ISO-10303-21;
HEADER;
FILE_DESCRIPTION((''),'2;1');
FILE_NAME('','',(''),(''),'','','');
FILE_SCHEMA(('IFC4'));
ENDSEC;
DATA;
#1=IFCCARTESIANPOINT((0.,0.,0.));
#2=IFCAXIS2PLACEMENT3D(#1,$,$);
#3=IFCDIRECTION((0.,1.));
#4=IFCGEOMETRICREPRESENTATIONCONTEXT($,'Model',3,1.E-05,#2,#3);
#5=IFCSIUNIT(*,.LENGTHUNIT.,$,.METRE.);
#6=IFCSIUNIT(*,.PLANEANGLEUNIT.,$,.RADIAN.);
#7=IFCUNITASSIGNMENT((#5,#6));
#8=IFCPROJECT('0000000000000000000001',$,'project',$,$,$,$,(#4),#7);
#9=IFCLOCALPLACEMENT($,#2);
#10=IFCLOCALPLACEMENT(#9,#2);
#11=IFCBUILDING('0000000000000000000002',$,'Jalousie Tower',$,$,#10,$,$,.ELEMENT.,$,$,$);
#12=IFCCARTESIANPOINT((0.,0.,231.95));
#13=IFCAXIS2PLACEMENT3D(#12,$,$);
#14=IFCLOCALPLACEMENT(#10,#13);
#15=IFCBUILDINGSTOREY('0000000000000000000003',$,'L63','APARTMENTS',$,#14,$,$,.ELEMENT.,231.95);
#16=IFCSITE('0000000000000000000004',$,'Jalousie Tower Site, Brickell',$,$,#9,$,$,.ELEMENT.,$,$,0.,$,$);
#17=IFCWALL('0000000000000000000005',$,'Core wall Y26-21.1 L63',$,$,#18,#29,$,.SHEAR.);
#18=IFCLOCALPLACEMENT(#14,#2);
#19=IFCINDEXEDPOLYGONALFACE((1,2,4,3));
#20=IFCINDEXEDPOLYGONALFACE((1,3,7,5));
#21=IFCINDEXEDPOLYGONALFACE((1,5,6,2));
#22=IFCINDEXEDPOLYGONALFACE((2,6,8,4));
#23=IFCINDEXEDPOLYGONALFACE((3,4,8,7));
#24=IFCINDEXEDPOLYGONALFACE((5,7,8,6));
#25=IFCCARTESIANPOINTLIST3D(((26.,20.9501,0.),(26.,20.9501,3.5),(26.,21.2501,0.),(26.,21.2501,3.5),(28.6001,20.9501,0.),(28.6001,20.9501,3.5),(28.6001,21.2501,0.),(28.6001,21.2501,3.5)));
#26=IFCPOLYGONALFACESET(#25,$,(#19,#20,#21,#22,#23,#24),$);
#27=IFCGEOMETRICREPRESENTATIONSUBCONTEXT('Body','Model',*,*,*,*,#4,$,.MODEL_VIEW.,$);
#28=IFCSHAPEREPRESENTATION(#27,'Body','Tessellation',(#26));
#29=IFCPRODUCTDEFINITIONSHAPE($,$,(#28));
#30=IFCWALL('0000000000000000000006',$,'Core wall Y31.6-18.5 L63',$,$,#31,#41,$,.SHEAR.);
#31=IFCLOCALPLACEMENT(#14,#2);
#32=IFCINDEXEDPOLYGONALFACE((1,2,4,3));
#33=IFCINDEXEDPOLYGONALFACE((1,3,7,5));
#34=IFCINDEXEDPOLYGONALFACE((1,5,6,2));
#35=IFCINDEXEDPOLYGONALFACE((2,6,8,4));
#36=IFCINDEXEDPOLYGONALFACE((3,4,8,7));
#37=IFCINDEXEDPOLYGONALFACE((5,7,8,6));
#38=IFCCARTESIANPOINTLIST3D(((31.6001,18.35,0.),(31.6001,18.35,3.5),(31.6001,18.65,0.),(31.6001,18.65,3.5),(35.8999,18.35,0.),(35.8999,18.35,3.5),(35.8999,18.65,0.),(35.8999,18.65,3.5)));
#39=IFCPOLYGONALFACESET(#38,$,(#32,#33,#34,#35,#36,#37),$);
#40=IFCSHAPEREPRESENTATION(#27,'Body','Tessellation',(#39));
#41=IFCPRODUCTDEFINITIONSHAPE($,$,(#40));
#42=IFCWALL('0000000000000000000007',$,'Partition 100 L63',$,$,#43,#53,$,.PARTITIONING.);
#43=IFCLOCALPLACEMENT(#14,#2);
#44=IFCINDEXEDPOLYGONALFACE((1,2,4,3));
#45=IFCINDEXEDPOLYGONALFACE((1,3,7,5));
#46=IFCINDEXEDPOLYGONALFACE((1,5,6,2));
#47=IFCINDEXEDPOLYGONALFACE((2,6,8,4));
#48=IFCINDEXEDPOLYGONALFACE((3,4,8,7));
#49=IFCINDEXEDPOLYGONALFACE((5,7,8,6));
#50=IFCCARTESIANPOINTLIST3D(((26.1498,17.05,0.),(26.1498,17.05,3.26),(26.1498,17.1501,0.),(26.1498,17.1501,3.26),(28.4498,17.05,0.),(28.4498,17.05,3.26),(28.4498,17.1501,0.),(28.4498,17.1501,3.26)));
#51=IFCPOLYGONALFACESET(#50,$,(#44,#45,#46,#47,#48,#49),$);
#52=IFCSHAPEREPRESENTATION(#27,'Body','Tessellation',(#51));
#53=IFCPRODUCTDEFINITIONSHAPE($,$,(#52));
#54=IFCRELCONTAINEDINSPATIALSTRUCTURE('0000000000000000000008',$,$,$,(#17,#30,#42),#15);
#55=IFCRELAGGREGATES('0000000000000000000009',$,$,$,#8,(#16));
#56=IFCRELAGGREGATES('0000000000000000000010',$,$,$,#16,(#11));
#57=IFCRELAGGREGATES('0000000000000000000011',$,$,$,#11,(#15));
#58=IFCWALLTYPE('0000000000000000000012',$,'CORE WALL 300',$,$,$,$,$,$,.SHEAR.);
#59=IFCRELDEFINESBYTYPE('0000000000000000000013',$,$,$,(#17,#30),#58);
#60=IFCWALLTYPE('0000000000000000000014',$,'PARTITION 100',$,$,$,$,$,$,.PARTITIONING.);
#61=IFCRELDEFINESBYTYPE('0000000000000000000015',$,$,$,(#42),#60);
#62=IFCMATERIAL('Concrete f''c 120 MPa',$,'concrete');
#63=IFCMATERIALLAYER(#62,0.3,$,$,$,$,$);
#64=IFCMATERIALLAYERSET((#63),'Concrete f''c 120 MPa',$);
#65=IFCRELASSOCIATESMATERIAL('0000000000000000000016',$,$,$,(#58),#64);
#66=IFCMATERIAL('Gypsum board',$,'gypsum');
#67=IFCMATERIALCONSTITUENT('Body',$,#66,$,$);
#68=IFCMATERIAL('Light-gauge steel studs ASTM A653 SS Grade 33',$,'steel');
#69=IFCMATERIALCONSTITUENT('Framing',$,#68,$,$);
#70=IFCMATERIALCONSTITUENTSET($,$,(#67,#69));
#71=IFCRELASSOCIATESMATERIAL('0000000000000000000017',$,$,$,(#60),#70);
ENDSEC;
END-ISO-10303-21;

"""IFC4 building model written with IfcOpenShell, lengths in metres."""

from ifc_helpers import new_model, si_unit, direction, frame, frame_2d, origin, place, context, subcontext, project, spatial, rectangle, extrude, material, layer, layer_set, constituent, constituent_set, type_object, element, save


model = new_model("IFC4")

# Units and contexts
model_context = context("Model", 3, precision=1e-05, world=origin(), true_north=direction((0.0, 1.0)))
body_context = subcontext(model_context, "Body", "Model", "MODEL_VIEW")
ifc_project = project(units=[si_unit("LENGTHUNIT", "METRE"), si_unit("PLANEANGLEUNIT", "RADIAN")], contexts=[model_context])

# Site, building, storey
site_placement = place(None, origin())
site = spatial("IfcSite", under=ifc_project, at=site_placement, Name="Jalousie Tower Site, Brickell", CompositionType="ELEMENT", RefElevation=0.0)
building_placement = place(site_placement, origin())
building = spatial("IfcBuilding", under=site, at=building_placement, Name="Jalousie Tower", CompositionType="ELEMENT")
storey_placement = place(building_placement, frame((0.0, 0.0, 231.95)))
storey = spatial("IfcBuildingStorey", under=building, at=storey_placement, Name="L63", Description="APARTMENTS", CompositionType="ELEMENT", Elevation=231.95)

# Shared definitions
ifc_material_1 = material(Name="Concrete f'c 120 MPa", Category="concrete")
ifc_layer = layer(ifc_material_1, 0.3)
ifc_layer_set = layer_set([ifc_layer], Name="Concrete f'c 120 MPa")
wall_type_1 = type_object("IfcWallType", Name="CORE WALL 300", PredefinedType="SHEAR", material=ifc_layer_set)

# Walls
for number, where, z_axis, x_axis, name in (
    (1, (26.0, 21.1001, 0.0), (0.0, 0.0, 1.0), (1.0, 0.0, 0.0), "Core wall Y26-21.1 L63"),
):
    element("IfcWall", number, at=place(storey_placement, frame(where, z_axis=z_axis, x_axis=x_axis)), inside=storey, type_object=wall_type_1, Name=name, PredefinedType="SHEAR", context=body_context, shape_type="SweptSolid", body=[
        extrude(rectangle(XDim=2.6001, YDim=0.3, at=frame_2d((1.3, 0.0))), origin(), (0.0, 0.0, 1.0), 3.5),
    ])
wall_1_placement = place(storey_placement, frame((31.6001, 18.5, 0.0), z_axis=(0.0, 0.0, 1.0), x_axis=(1.0, 0.0, 0.0)))
element("IfcWall", 2, at=wall_1_placement, inside=storey, type_object=wall_type_1, Name="Core wall Y31.6-18.5 L63", PredefinedType="SHEAR", context=body_context, shape_type="SweptSolid", body=[
    extrude(rectangle(XDim=4.2998, YDim=0.3, at=frame_2d((2.1499, 0.0))), origin(), (0.0, 0.0, 1.0), 3.5),
])
ifc_material_2 = material(Name="Gypsum board", Category="gypsum")
ifc_constituent_1 = constituent(ifc_material_2, Name="Body")
ifc_material_3 = material(Name="Light-gauge steel studs ASTM A653 SS Grade 33", Category="steel")
ifc_constituent_2 = constituent(ifc_material_3, Name="Framing")
ifc_constituent_set = constituent_set(constituents=[ifc_constituent_1, ifc_constituent_2])
wall_type_2 = type_object("IfcWallType", Name="PARTITION 100", PredefinedType="PARTITIONING", material=ifc_constituent_set)
wall_2_placement = place(storey_placement, frame((26.1499, 17.1001, 0.0), z_axis=(0.0, 0.0, 1.0), x_axis=(1.0, 0.0, 0.0)))
element("IfcWall", 3, at=wall_2_placement, inside=storey, type_object=wall_type_2, Name="Partition 100 L63", PredefinedType="PARTITIONING", context=body_context, shape_type="SweptSolid", body=[
    extrude(rectangle(XDim=2.3, YDim=0.1001, at=frame_2d((1.1499, 0.0))), origin(), (0.0, 0.0, 1.0), 3.26),
])

save(model, "model.ifc")
